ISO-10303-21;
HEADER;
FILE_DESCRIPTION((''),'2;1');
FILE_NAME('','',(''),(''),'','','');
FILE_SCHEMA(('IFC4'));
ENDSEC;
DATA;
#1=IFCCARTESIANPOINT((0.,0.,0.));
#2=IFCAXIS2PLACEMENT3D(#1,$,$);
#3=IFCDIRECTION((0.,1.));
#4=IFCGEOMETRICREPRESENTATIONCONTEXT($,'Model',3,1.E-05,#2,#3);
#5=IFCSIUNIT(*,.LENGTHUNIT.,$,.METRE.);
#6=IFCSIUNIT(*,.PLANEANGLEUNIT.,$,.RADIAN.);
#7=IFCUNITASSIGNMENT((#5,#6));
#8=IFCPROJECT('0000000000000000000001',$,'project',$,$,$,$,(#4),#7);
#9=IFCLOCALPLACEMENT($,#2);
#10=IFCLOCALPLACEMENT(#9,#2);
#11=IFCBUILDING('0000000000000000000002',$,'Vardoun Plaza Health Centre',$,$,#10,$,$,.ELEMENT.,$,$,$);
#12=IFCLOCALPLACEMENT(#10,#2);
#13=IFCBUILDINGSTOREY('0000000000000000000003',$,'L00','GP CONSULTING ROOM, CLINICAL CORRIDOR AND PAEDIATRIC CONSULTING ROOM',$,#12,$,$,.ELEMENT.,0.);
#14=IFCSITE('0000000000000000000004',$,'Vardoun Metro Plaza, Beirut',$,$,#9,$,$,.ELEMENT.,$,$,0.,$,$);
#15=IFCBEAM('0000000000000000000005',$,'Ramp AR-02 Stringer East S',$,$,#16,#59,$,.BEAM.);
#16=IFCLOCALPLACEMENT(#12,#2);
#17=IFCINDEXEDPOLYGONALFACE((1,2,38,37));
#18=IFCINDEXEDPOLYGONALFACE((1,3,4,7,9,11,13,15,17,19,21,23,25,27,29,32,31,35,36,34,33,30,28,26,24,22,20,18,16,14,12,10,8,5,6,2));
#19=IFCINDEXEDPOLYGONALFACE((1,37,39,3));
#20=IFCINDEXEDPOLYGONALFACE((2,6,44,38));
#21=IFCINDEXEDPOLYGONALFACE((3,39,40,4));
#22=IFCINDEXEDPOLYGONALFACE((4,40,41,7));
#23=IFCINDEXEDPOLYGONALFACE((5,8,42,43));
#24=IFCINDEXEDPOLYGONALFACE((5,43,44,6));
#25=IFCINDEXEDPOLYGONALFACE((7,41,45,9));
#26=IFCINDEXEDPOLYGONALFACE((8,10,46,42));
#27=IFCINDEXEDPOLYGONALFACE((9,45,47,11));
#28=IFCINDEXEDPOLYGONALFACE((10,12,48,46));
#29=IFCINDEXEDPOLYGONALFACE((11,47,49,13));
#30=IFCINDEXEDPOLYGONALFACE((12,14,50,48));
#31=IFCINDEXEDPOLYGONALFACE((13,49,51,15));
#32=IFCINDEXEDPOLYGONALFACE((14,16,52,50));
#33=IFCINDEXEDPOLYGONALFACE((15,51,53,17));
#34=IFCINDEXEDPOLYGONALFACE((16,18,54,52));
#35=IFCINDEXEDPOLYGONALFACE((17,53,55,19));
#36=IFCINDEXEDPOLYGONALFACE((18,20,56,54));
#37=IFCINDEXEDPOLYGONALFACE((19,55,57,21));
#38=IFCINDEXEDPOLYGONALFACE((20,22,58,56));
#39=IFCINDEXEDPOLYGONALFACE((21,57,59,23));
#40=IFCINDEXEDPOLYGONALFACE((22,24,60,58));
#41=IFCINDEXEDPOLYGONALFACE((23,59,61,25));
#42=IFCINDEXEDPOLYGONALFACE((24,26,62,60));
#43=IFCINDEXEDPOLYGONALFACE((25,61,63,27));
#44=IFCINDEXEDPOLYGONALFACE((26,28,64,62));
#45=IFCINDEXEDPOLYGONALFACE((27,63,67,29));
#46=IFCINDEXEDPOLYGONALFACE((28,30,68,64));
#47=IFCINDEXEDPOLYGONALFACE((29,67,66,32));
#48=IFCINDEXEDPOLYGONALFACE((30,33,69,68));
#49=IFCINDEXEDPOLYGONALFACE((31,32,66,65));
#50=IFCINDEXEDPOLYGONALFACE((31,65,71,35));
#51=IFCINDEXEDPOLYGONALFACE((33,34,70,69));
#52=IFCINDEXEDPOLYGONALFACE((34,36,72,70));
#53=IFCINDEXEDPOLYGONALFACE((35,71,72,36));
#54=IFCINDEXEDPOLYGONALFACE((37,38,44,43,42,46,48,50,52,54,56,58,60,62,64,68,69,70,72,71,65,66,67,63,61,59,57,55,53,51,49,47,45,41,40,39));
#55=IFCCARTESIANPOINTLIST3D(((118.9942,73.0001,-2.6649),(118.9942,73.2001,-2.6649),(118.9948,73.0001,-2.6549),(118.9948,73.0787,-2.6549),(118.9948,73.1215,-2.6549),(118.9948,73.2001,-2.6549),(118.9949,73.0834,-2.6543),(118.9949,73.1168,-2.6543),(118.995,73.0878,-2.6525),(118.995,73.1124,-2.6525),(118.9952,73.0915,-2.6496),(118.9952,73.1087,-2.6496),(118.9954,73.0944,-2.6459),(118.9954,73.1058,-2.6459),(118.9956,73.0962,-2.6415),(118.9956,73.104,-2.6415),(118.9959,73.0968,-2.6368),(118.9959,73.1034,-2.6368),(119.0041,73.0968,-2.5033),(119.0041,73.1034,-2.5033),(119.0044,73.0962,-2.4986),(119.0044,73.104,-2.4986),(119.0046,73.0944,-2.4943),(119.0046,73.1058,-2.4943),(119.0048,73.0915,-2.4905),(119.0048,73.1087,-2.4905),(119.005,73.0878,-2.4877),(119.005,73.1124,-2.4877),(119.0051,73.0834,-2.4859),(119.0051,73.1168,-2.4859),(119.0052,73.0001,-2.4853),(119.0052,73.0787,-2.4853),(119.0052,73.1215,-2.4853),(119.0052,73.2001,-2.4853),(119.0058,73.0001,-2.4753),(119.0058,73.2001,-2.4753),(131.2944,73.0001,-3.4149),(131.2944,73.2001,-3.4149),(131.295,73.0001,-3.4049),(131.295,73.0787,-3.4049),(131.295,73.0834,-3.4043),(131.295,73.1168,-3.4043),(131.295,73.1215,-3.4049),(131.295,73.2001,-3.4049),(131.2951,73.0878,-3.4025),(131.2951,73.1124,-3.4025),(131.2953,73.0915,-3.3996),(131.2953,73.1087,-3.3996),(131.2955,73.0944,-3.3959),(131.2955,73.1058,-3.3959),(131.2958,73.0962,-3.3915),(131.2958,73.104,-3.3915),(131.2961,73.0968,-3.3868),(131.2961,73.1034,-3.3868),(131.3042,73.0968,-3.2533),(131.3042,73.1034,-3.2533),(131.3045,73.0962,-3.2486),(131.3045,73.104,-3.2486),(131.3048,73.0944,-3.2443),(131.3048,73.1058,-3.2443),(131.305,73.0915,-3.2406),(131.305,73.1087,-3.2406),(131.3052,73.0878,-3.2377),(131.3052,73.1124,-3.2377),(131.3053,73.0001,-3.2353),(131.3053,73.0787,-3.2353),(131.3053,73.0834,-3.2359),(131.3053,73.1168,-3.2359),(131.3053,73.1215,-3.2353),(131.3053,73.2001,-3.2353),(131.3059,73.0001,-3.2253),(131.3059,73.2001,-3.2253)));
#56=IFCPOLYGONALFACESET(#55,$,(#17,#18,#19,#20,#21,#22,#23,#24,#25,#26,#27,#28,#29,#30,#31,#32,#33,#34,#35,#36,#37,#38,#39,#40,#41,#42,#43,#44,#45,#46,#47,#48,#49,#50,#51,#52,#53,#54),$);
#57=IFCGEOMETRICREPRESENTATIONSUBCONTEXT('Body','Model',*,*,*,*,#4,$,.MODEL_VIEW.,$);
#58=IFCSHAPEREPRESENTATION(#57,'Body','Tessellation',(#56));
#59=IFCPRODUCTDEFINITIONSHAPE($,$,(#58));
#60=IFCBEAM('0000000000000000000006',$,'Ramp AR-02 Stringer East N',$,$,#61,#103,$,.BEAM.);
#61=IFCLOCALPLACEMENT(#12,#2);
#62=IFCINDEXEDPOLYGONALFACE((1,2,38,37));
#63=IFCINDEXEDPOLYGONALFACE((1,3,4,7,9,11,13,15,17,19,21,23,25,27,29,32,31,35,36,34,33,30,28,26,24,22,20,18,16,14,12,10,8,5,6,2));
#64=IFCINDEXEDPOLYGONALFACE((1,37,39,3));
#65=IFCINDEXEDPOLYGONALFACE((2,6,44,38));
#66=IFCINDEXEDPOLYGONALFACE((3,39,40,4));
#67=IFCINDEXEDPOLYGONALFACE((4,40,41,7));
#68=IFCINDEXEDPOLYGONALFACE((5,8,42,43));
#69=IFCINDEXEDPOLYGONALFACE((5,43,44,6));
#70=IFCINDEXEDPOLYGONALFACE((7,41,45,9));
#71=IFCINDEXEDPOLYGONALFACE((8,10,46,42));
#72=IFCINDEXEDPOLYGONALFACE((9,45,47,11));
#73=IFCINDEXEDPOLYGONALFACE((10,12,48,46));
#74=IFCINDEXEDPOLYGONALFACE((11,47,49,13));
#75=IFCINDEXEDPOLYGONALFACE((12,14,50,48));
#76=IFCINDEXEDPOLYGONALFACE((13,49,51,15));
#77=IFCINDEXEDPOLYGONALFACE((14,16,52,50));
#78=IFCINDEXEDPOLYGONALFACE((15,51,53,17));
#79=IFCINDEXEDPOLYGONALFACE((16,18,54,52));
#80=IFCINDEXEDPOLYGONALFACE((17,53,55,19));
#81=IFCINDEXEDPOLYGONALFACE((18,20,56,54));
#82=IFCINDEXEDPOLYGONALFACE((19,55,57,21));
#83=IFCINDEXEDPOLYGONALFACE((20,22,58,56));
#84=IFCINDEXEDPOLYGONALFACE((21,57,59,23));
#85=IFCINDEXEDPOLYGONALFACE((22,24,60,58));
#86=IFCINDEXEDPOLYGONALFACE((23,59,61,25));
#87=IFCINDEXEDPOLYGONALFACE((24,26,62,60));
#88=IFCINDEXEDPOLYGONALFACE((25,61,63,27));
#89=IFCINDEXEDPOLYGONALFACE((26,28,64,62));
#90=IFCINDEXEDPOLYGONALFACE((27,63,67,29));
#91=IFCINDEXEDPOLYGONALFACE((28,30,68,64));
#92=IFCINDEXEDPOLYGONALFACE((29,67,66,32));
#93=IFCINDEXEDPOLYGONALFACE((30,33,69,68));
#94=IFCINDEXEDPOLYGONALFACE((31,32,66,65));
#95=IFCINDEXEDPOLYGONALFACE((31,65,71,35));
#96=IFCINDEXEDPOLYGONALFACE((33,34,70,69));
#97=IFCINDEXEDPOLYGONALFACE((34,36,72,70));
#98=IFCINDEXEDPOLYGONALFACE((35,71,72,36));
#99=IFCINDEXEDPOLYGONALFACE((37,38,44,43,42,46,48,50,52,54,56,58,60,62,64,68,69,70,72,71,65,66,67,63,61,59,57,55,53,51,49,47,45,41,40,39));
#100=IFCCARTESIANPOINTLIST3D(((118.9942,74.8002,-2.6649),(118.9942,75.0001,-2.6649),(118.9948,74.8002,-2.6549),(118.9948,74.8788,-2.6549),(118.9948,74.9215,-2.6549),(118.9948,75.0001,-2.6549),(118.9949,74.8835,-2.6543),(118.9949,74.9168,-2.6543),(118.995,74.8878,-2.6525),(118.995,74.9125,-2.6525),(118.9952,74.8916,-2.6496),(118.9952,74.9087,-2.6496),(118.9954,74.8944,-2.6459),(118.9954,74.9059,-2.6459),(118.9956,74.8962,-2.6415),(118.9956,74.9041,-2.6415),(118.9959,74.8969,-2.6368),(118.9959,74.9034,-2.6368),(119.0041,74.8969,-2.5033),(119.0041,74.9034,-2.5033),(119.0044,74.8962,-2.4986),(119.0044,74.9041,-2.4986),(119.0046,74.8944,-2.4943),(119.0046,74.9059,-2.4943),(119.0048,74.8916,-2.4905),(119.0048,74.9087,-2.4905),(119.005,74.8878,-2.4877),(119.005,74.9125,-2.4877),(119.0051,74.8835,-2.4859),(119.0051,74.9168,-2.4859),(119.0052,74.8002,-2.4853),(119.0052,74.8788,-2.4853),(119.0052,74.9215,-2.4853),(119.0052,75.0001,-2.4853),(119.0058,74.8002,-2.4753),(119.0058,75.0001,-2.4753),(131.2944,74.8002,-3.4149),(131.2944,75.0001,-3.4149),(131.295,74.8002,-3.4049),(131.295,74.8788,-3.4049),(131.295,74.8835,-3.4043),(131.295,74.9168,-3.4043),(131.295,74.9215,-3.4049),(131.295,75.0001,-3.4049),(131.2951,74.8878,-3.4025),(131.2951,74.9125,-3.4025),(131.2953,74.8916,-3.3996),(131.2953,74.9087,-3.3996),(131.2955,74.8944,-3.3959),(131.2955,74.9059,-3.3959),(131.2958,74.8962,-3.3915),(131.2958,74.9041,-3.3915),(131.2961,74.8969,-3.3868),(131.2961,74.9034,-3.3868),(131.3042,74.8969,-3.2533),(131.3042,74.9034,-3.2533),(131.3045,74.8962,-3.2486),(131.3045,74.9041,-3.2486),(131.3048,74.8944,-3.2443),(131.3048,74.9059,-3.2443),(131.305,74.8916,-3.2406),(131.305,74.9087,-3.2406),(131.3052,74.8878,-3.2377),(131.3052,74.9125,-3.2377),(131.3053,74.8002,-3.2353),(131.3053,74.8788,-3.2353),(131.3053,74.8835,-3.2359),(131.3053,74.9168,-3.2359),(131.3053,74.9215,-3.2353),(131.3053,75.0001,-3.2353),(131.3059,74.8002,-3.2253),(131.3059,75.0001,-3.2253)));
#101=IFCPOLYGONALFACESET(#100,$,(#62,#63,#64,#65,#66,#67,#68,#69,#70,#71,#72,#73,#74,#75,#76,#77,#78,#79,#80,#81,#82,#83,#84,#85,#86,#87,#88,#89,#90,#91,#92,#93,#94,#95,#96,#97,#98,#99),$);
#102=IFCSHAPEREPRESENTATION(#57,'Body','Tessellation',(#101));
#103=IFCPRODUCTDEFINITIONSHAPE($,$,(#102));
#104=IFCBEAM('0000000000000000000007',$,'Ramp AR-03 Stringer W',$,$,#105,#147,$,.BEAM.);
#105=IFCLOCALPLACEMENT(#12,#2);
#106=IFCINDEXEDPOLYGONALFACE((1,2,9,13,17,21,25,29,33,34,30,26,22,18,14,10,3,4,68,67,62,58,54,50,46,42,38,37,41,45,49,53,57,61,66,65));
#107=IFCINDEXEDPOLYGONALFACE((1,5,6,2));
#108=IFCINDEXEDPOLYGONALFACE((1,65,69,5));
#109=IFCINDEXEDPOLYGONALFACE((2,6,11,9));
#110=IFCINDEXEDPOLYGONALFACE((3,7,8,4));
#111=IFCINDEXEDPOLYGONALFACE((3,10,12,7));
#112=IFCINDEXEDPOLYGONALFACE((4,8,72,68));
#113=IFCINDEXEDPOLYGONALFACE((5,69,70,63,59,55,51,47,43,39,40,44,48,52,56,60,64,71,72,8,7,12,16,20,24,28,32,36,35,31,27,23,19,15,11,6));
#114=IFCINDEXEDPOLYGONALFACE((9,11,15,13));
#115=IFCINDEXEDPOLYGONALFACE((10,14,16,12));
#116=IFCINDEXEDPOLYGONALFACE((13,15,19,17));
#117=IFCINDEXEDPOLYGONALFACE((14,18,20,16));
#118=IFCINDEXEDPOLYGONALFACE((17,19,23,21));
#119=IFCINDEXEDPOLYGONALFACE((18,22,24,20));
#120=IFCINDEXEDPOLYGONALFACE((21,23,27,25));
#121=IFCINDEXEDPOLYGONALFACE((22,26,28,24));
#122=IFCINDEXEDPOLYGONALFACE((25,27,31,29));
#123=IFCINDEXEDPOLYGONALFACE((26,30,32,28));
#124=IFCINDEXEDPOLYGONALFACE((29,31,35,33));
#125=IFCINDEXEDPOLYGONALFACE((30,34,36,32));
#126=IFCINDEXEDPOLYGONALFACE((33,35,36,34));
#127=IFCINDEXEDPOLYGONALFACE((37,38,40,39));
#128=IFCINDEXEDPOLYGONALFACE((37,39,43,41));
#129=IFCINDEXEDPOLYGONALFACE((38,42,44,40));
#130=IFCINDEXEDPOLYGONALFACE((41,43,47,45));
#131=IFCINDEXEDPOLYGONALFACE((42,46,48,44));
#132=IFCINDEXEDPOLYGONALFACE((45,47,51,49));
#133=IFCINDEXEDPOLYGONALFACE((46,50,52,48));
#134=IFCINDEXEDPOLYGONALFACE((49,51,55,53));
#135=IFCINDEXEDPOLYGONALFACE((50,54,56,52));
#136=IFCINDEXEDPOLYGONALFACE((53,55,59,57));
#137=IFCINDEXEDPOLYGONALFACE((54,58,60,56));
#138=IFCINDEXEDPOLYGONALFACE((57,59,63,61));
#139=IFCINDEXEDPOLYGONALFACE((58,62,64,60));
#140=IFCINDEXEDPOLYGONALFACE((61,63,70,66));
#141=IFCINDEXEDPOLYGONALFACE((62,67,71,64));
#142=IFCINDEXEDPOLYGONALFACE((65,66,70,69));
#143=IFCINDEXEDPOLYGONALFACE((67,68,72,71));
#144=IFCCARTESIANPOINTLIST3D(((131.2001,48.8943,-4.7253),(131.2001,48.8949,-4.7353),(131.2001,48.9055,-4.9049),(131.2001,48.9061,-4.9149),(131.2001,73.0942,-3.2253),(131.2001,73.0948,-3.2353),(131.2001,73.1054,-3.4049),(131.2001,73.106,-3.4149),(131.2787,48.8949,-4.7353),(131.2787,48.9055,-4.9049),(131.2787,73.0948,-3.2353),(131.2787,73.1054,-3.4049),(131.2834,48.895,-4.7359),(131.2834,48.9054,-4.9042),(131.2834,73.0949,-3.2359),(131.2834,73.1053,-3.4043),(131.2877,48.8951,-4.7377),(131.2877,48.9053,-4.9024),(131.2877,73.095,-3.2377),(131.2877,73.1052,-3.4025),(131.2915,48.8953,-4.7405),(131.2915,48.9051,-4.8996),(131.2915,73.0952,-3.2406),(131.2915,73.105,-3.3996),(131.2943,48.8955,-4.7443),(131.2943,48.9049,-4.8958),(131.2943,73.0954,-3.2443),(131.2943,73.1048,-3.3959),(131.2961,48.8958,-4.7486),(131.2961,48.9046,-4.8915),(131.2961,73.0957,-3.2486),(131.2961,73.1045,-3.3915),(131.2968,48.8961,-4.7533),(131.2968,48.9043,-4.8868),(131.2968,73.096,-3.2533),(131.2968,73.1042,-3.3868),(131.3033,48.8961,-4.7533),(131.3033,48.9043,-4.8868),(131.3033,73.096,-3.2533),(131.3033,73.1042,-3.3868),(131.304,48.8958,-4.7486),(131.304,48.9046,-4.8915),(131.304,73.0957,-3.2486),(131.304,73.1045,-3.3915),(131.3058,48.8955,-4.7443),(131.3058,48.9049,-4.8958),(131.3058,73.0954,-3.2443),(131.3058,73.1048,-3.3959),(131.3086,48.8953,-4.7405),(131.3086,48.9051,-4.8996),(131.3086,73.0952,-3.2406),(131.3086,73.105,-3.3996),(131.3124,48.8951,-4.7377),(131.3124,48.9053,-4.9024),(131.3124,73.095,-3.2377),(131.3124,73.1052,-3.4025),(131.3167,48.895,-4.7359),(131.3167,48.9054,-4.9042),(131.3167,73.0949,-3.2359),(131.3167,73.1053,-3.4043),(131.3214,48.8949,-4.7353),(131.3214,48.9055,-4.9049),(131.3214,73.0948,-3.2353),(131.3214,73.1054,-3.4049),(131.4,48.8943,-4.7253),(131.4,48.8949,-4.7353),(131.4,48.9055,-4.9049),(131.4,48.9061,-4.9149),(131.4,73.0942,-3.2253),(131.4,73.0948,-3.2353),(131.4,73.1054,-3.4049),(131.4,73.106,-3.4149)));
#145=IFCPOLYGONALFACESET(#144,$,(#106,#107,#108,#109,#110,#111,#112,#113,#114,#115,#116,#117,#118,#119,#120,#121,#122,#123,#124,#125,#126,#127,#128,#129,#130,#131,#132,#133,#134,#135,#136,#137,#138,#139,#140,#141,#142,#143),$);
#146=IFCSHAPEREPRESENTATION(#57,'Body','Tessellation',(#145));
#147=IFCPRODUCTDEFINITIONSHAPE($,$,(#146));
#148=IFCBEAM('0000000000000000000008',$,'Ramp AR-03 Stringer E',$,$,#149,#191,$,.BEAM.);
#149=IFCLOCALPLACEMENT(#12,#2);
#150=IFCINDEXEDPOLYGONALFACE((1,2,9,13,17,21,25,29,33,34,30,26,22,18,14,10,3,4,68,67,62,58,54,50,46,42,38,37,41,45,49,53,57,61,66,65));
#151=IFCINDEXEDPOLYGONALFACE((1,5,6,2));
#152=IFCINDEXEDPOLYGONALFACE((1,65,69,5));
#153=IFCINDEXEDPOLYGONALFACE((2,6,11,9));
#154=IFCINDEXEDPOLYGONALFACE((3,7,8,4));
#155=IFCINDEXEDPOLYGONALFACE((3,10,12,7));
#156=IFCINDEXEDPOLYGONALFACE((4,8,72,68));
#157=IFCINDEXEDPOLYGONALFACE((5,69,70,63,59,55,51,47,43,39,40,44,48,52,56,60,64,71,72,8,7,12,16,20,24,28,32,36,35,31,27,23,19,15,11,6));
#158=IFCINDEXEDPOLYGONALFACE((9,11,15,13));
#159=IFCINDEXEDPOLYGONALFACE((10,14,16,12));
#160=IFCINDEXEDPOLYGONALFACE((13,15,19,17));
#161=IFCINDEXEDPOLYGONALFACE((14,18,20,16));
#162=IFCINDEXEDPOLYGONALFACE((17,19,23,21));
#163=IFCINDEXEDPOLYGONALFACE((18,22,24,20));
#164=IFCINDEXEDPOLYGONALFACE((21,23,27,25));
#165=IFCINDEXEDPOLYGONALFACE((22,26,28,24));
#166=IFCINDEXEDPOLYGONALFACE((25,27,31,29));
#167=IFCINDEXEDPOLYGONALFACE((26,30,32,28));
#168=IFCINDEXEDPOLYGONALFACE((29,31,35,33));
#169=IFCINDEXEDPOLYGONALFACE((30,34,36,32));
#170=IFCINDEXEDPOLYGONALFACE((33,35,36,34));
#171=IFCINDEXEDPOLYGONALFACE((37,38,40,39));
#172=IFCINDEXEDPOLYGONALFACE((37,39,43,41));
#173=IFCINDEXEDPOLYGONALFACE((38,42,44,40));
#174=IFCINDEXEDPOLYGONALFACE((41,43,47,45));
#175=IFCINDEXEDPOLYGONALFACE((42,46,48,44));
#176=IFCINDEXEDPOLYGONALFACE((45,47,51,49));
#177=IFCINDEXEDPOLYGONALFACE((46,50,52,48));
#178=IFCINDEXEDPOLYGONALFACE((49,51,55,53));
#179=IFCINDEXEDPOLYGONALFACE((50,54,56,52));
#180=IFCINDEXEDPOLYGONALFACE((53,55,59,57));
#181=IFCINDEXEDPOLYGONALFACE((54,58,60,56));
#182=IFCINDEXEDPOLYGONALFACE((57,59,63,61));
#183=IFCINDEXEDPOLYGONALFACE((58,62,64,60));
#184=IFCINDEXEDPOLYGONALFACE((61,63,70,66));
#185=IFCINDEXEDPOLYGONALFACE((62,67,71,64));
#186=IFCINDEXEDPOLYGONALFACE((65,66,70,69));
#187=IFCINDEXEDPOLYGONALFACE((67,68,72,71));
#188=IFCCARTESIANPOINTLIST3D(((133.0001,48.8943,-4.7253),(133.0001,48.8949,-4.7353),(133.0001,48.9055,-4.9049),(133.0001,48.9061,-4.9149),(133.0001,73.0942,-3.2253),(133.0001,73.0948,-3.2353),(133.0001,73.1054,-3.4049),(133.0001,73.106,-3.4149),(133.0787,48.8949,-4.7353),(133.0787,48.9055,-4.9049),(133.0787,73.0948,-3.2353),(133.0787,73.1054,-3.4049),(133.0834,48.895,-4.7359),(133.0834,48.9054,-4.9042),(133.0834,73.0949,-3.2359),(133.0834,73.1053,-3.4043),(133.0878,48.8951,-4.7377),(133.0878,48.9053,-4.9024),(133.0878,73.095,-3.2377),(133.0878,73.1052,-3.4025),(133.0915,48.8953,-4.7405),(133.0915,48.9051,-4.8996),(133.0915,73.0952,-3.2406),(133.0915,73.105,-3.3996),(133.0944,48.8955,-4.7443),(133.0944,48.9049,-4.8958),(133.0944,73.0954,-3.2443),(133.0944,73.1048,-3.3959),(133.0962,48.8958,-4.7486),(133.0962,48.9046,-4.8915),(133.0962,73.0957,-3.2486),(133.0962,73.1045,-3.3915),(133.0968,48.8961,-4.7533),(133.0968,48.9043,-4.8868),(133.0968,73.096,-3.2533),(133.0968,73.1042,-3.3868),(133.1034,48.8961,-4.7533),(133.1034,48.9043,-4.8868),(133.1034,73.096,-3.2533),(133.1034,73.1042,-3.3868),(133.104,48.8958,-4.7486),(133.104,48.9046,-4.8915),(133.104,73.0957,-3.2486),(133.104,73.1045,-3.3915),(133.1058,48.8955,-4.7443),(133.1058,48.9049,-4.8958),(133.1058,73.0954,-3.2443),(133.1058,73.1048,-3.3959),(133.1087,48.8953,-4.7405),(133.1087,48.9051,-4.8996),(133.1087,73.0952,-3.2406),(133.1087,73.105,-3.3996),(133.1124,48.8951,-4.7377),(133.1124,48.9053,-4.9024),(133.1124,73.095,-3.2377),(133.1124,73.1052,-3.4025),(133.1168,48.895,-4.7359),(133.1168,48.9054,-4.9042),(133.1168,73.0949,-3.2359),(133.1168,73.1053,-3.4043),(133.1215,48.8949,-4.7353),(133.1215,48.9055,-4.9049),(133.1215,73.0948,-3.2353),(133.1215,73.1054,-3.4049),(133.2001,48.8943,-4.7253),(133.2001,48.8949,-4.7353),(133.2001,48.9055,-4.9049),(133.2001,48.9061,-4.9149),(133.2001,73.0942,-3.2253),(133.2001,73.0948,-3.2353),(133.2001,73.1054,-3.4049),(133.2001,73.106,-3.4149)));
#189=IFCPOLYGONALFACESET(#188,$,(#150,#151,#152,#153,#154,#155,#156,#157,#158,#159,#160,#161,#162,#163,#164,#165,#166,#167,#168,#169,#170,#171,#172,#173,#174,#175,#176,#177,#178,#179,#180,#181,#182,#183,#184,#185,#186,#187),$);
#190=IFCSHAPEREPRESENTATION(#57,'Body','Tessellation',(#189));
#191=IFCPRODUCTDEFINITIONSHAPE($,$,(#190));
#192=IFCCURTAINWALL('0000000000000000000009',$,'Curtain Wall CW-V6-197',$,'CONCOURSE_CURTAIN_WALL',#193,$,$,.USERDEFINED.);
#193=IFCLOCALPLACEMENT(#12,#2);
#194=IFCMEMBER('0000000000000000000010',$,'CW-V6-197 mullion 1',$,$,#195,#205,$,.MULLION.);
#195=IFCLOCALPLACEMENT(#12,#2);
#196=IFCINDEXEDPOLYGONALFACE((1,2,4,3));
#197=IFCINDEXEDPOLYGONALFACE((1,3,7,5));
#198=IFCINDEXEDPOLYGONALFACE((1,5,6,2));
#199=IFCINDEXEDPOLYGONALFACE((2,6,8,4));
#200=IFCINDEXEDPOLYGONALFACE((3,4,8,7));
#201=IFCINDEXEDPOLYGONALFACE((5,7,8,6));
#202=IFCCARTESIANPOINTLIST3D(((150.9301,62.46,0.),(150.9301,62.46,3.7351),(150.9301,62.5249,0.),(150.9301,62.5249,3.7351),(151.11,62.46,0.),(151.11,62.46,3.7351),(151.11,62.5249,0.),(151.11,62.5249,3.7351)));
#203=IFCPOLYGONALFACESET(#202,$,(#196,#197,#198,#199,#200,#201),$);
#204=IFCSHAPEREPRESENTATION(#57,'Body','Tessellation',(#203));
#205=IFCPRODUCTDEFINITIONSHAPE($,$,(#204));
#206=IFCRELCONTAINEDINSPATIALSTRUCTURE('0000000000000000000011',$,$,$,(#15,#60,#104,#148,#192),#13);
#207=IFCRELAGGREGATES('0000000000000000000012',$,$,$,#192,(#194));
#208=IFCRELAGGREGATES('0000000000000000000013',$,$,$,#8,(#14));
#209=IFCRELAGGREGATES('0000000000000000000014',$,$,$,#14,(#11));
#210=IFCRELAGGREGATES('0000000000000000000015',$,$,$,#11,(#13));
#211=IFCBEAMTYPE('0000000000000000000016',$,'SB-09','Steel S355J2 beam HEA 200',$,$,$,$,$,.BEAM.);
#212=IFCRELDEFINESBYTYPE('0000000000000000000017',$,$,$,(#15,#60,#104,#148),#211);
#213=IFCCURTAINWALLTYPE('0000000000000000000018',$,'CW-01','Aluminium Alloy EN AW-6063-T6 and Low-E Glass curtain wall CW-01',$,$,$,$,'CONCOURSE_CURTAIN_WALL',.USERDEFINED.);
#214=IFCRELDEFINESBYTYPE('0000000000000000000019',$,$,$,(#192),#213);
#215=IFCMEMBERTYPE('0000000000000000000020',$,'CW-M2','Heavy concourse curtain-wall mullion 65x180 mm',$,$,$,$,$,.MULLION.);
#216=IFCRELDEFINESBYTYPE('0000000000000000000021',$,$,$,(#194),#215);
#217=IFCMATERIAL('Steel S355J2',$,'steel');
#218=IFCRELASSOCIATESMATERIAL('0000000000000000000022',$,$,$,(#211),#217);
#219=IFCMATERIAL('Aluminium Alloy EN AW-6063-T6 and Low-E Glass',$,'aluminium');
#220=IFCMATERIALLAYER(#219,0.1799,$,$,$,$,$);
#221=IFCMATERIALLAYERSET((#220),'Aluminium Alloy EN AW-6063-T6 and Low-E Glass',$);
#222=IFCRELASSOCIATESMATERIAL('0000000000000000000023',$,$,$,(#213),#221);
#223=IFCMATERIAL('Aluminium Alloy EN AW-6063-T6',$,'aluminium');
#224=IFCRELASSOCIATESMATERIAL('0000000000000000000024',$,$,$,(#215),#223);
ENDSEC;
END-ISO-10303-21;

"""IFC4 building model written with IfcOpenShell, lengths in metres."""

from ifc_helpers import new_model, si_unit, direction, frame, origin, origin_2d, place, context, subcontext, project, spatial, rectangle, i_section, extrude, material, layer, layer_set, material_profile, profile_set, type_object, element, aggregate, save


model = new_model("IFC4")

# Units and contexts
model_context = context("Model", 3, precision=1e-05, world=origin(), true_north=direction((0.0, 1.0)))
body_context = subcontext(model_context, "Body", "Model", "MODEL_VIEW")
ifc_project = project(units=[si_unit("LENGTHUNIT", "METRE"), si_unit("PLANEANGLEUNIT", "RADIAN")], contexts=[model_context])

# Site, building, storey
site_placement = place(None, origin())
site = spatial("IfcSite", under=ifc_project, at=site_placement, Name="Vardoun Metro Plaza, Beirut", CompositionType="ELEMENT", RefElevation=0.0)
building_placement = place(site_placement, origin())
building = spatial("IfcBuilding", under=site, at=building_placement, Name="Vardoun Plaza Health Centre", CompositionType="ELEMENT")
storey_placement = place(building_placement, origin())
storey = spatial("IfcBuildingStorey", under=building, at=storey_placement, Name="L00", Description="GP CONSULTING ROOM, CLINICAL CORRIDOR AND PAEDIATRIC CONSULTING ROOM", CompositionType="ELEMENT", Elevation=0.0)

# Beams
ifc_material_1 = material(Name="Steel S355J2", Category="steel")
ifc_material_profile_1 = material_profile(ifc_material_1, i_section(OverallWidth=0.2, OverallDepth=0.1899, WebThickness=0.0066, FlangeThickness=0.01, FilletRadius=0.0181, at=origin_2d()), Name="HEA 200")
ifc_profile_set_1 = profile_set([ifc_material_profile_1], Name="Steel S355J2")
beam_type = type_object("IfcBeamType", Name="SB-09", Description="Steel S355J2 beam HEA 200", PredefinedType="BEAM", material=ifc_profile_set_1)
for number, where, z_axis, x_axis, name in (
    (1, (119.0, 73.1001, -2.5701), (0.998146, 0.0, -0.060862), (0.0, 1.0, 0.0), "Ramp AR-02 Stringer East S"),
    (2, (119.0, 74.9001, -2.5701), (0.998146, 0.0, -0.060862), (0.0, 1.0, 0.0), "Ramp AR-02 Stringer East N"),
):
    element("IfcBeam", number, at=place(storey_placement, frame(where, z_axis=z_axis, x_axis=x_axis)), inside=storey, type_object=beam_type, Name=name, PredefinedType="BEAM", context=body_context, shape_type="SweptSolid", body=[
        extrude(i_section(OverallWidth=0.2, OverallDepth=0.1899, WebThickness=0.0066, FlangeThickness=0.01, FilletRadius=0.0181, at=origin_2d()), origin(), (0.0, 0.0, 1.0), 12.323),
    ])
for number, where, z_axis, x_axis, name in (
    (3, (131.3, 73.1001, -3.3201), (0.0, -0.998085, -0.061865), (1.0, 0.0, 0.0), "Ramp AR-03 Stringer W"),
    (4, (133.1001, 73.1001, -3.3201), (0.0, -0.998085, -0.061865), (1.0, 0.0, 0.0), "Ramp AR-03 Stringer E"),
):
    element("IfcBeam", number, at=place(storey_placement, frame(where, z_axis=z_axis, x_axis=x_axis)), inside=storey, type_object=beam_type, Name=name, PredefinedType="BEAM", context=body_context, shape_type="SweptSolid", body=[
        extrude(i_section(OverallWidth=0.2, OverallDepth=0.1899, WebThickness=0.0066, FlangeThickness=0.01, FilletRadius=0.0181, at=origin_2d()), origin(), (0.0, 0.0, 1.0), 24.2463),
    ])

# Curtain wall, member
ifc_material_2 = material(Name="Aluminium Alloy EN AW-6063-T6 and Low-E Glass", Category="aluminium")
ifc_layer_1 = layer(ifc_material_2, 0.1799)
ifc_layer_set_1 = layer_set([ifc_layer_1], Name="Aluminium Alloy EN AW-6063-T6 and Low-E Glass")
curtain_wall_type = type_object("IfcCurtainWallType", Name="CW-01", Description="Aluminium Alloy EN AW-6063-T6 and Low-E Glass curtain wall CW-01", ElementType="CONCOURSE_CURTAIN_WALL", PredefinedType="USERDEFINED", material=ifc_layer_set_1)
curtain_wall_1_placement = place(storey_placement, origin())
curtain_wall_1 = element("IfcCurtainWall", 5, at=curtain_wall_1_placement, inside=storey, type_object=curtain_wall_type, Name="Curtain Wall CW-V6-197", ObjectType="CONCOURSE_CURTAIN_WALL", PredefinedType="USERDEFINED")
ifc_material_3 = material(Name="Aluminium Alloy EN AW-6063-T6", Category="aluminium")
ifc_material_profile_2 = material_profile(ifc_material_3, rectangle(XDim=0.1799, YDim=0.0649, at=origin_2d()), Name="CWM 65x180")
ifc_profile_set_2 = profile_set([ifc_material_profile_2], Name="Aluminium Alloy EN AW-6063-T6")
member_type_1 = type_object("IfcMemberType", Name="CW-M2", Description="Heavy concourse curtain-wall mullion 65x180 mm", PredefinedType="MULLION", material=ifc_profile_set_2)
member_1_placement = place(storey_placement, frame((151.02, 62.4924, 0.0), z_axis=(0.0, 0.0, 1.0), x_axis=(-1.0, 0.0, 0.0)))
member_1 = element("IfcMember", 6, at=member_1_placement, type_object=member_type_1, Name="CW-V6-197 mullion 1", PredefinedType="MULLION", context=body_context, shape_type="SweptSolid", body=[
    extrude(rectangle(XDim=0.1799, YDim=0.0649, at=origin_2d()), origin(), (0.0, 0.0, 1.0), 3.7351),
])

aggregate(curtain_wall_1, [member_1])

save(model, "model.ifc")
